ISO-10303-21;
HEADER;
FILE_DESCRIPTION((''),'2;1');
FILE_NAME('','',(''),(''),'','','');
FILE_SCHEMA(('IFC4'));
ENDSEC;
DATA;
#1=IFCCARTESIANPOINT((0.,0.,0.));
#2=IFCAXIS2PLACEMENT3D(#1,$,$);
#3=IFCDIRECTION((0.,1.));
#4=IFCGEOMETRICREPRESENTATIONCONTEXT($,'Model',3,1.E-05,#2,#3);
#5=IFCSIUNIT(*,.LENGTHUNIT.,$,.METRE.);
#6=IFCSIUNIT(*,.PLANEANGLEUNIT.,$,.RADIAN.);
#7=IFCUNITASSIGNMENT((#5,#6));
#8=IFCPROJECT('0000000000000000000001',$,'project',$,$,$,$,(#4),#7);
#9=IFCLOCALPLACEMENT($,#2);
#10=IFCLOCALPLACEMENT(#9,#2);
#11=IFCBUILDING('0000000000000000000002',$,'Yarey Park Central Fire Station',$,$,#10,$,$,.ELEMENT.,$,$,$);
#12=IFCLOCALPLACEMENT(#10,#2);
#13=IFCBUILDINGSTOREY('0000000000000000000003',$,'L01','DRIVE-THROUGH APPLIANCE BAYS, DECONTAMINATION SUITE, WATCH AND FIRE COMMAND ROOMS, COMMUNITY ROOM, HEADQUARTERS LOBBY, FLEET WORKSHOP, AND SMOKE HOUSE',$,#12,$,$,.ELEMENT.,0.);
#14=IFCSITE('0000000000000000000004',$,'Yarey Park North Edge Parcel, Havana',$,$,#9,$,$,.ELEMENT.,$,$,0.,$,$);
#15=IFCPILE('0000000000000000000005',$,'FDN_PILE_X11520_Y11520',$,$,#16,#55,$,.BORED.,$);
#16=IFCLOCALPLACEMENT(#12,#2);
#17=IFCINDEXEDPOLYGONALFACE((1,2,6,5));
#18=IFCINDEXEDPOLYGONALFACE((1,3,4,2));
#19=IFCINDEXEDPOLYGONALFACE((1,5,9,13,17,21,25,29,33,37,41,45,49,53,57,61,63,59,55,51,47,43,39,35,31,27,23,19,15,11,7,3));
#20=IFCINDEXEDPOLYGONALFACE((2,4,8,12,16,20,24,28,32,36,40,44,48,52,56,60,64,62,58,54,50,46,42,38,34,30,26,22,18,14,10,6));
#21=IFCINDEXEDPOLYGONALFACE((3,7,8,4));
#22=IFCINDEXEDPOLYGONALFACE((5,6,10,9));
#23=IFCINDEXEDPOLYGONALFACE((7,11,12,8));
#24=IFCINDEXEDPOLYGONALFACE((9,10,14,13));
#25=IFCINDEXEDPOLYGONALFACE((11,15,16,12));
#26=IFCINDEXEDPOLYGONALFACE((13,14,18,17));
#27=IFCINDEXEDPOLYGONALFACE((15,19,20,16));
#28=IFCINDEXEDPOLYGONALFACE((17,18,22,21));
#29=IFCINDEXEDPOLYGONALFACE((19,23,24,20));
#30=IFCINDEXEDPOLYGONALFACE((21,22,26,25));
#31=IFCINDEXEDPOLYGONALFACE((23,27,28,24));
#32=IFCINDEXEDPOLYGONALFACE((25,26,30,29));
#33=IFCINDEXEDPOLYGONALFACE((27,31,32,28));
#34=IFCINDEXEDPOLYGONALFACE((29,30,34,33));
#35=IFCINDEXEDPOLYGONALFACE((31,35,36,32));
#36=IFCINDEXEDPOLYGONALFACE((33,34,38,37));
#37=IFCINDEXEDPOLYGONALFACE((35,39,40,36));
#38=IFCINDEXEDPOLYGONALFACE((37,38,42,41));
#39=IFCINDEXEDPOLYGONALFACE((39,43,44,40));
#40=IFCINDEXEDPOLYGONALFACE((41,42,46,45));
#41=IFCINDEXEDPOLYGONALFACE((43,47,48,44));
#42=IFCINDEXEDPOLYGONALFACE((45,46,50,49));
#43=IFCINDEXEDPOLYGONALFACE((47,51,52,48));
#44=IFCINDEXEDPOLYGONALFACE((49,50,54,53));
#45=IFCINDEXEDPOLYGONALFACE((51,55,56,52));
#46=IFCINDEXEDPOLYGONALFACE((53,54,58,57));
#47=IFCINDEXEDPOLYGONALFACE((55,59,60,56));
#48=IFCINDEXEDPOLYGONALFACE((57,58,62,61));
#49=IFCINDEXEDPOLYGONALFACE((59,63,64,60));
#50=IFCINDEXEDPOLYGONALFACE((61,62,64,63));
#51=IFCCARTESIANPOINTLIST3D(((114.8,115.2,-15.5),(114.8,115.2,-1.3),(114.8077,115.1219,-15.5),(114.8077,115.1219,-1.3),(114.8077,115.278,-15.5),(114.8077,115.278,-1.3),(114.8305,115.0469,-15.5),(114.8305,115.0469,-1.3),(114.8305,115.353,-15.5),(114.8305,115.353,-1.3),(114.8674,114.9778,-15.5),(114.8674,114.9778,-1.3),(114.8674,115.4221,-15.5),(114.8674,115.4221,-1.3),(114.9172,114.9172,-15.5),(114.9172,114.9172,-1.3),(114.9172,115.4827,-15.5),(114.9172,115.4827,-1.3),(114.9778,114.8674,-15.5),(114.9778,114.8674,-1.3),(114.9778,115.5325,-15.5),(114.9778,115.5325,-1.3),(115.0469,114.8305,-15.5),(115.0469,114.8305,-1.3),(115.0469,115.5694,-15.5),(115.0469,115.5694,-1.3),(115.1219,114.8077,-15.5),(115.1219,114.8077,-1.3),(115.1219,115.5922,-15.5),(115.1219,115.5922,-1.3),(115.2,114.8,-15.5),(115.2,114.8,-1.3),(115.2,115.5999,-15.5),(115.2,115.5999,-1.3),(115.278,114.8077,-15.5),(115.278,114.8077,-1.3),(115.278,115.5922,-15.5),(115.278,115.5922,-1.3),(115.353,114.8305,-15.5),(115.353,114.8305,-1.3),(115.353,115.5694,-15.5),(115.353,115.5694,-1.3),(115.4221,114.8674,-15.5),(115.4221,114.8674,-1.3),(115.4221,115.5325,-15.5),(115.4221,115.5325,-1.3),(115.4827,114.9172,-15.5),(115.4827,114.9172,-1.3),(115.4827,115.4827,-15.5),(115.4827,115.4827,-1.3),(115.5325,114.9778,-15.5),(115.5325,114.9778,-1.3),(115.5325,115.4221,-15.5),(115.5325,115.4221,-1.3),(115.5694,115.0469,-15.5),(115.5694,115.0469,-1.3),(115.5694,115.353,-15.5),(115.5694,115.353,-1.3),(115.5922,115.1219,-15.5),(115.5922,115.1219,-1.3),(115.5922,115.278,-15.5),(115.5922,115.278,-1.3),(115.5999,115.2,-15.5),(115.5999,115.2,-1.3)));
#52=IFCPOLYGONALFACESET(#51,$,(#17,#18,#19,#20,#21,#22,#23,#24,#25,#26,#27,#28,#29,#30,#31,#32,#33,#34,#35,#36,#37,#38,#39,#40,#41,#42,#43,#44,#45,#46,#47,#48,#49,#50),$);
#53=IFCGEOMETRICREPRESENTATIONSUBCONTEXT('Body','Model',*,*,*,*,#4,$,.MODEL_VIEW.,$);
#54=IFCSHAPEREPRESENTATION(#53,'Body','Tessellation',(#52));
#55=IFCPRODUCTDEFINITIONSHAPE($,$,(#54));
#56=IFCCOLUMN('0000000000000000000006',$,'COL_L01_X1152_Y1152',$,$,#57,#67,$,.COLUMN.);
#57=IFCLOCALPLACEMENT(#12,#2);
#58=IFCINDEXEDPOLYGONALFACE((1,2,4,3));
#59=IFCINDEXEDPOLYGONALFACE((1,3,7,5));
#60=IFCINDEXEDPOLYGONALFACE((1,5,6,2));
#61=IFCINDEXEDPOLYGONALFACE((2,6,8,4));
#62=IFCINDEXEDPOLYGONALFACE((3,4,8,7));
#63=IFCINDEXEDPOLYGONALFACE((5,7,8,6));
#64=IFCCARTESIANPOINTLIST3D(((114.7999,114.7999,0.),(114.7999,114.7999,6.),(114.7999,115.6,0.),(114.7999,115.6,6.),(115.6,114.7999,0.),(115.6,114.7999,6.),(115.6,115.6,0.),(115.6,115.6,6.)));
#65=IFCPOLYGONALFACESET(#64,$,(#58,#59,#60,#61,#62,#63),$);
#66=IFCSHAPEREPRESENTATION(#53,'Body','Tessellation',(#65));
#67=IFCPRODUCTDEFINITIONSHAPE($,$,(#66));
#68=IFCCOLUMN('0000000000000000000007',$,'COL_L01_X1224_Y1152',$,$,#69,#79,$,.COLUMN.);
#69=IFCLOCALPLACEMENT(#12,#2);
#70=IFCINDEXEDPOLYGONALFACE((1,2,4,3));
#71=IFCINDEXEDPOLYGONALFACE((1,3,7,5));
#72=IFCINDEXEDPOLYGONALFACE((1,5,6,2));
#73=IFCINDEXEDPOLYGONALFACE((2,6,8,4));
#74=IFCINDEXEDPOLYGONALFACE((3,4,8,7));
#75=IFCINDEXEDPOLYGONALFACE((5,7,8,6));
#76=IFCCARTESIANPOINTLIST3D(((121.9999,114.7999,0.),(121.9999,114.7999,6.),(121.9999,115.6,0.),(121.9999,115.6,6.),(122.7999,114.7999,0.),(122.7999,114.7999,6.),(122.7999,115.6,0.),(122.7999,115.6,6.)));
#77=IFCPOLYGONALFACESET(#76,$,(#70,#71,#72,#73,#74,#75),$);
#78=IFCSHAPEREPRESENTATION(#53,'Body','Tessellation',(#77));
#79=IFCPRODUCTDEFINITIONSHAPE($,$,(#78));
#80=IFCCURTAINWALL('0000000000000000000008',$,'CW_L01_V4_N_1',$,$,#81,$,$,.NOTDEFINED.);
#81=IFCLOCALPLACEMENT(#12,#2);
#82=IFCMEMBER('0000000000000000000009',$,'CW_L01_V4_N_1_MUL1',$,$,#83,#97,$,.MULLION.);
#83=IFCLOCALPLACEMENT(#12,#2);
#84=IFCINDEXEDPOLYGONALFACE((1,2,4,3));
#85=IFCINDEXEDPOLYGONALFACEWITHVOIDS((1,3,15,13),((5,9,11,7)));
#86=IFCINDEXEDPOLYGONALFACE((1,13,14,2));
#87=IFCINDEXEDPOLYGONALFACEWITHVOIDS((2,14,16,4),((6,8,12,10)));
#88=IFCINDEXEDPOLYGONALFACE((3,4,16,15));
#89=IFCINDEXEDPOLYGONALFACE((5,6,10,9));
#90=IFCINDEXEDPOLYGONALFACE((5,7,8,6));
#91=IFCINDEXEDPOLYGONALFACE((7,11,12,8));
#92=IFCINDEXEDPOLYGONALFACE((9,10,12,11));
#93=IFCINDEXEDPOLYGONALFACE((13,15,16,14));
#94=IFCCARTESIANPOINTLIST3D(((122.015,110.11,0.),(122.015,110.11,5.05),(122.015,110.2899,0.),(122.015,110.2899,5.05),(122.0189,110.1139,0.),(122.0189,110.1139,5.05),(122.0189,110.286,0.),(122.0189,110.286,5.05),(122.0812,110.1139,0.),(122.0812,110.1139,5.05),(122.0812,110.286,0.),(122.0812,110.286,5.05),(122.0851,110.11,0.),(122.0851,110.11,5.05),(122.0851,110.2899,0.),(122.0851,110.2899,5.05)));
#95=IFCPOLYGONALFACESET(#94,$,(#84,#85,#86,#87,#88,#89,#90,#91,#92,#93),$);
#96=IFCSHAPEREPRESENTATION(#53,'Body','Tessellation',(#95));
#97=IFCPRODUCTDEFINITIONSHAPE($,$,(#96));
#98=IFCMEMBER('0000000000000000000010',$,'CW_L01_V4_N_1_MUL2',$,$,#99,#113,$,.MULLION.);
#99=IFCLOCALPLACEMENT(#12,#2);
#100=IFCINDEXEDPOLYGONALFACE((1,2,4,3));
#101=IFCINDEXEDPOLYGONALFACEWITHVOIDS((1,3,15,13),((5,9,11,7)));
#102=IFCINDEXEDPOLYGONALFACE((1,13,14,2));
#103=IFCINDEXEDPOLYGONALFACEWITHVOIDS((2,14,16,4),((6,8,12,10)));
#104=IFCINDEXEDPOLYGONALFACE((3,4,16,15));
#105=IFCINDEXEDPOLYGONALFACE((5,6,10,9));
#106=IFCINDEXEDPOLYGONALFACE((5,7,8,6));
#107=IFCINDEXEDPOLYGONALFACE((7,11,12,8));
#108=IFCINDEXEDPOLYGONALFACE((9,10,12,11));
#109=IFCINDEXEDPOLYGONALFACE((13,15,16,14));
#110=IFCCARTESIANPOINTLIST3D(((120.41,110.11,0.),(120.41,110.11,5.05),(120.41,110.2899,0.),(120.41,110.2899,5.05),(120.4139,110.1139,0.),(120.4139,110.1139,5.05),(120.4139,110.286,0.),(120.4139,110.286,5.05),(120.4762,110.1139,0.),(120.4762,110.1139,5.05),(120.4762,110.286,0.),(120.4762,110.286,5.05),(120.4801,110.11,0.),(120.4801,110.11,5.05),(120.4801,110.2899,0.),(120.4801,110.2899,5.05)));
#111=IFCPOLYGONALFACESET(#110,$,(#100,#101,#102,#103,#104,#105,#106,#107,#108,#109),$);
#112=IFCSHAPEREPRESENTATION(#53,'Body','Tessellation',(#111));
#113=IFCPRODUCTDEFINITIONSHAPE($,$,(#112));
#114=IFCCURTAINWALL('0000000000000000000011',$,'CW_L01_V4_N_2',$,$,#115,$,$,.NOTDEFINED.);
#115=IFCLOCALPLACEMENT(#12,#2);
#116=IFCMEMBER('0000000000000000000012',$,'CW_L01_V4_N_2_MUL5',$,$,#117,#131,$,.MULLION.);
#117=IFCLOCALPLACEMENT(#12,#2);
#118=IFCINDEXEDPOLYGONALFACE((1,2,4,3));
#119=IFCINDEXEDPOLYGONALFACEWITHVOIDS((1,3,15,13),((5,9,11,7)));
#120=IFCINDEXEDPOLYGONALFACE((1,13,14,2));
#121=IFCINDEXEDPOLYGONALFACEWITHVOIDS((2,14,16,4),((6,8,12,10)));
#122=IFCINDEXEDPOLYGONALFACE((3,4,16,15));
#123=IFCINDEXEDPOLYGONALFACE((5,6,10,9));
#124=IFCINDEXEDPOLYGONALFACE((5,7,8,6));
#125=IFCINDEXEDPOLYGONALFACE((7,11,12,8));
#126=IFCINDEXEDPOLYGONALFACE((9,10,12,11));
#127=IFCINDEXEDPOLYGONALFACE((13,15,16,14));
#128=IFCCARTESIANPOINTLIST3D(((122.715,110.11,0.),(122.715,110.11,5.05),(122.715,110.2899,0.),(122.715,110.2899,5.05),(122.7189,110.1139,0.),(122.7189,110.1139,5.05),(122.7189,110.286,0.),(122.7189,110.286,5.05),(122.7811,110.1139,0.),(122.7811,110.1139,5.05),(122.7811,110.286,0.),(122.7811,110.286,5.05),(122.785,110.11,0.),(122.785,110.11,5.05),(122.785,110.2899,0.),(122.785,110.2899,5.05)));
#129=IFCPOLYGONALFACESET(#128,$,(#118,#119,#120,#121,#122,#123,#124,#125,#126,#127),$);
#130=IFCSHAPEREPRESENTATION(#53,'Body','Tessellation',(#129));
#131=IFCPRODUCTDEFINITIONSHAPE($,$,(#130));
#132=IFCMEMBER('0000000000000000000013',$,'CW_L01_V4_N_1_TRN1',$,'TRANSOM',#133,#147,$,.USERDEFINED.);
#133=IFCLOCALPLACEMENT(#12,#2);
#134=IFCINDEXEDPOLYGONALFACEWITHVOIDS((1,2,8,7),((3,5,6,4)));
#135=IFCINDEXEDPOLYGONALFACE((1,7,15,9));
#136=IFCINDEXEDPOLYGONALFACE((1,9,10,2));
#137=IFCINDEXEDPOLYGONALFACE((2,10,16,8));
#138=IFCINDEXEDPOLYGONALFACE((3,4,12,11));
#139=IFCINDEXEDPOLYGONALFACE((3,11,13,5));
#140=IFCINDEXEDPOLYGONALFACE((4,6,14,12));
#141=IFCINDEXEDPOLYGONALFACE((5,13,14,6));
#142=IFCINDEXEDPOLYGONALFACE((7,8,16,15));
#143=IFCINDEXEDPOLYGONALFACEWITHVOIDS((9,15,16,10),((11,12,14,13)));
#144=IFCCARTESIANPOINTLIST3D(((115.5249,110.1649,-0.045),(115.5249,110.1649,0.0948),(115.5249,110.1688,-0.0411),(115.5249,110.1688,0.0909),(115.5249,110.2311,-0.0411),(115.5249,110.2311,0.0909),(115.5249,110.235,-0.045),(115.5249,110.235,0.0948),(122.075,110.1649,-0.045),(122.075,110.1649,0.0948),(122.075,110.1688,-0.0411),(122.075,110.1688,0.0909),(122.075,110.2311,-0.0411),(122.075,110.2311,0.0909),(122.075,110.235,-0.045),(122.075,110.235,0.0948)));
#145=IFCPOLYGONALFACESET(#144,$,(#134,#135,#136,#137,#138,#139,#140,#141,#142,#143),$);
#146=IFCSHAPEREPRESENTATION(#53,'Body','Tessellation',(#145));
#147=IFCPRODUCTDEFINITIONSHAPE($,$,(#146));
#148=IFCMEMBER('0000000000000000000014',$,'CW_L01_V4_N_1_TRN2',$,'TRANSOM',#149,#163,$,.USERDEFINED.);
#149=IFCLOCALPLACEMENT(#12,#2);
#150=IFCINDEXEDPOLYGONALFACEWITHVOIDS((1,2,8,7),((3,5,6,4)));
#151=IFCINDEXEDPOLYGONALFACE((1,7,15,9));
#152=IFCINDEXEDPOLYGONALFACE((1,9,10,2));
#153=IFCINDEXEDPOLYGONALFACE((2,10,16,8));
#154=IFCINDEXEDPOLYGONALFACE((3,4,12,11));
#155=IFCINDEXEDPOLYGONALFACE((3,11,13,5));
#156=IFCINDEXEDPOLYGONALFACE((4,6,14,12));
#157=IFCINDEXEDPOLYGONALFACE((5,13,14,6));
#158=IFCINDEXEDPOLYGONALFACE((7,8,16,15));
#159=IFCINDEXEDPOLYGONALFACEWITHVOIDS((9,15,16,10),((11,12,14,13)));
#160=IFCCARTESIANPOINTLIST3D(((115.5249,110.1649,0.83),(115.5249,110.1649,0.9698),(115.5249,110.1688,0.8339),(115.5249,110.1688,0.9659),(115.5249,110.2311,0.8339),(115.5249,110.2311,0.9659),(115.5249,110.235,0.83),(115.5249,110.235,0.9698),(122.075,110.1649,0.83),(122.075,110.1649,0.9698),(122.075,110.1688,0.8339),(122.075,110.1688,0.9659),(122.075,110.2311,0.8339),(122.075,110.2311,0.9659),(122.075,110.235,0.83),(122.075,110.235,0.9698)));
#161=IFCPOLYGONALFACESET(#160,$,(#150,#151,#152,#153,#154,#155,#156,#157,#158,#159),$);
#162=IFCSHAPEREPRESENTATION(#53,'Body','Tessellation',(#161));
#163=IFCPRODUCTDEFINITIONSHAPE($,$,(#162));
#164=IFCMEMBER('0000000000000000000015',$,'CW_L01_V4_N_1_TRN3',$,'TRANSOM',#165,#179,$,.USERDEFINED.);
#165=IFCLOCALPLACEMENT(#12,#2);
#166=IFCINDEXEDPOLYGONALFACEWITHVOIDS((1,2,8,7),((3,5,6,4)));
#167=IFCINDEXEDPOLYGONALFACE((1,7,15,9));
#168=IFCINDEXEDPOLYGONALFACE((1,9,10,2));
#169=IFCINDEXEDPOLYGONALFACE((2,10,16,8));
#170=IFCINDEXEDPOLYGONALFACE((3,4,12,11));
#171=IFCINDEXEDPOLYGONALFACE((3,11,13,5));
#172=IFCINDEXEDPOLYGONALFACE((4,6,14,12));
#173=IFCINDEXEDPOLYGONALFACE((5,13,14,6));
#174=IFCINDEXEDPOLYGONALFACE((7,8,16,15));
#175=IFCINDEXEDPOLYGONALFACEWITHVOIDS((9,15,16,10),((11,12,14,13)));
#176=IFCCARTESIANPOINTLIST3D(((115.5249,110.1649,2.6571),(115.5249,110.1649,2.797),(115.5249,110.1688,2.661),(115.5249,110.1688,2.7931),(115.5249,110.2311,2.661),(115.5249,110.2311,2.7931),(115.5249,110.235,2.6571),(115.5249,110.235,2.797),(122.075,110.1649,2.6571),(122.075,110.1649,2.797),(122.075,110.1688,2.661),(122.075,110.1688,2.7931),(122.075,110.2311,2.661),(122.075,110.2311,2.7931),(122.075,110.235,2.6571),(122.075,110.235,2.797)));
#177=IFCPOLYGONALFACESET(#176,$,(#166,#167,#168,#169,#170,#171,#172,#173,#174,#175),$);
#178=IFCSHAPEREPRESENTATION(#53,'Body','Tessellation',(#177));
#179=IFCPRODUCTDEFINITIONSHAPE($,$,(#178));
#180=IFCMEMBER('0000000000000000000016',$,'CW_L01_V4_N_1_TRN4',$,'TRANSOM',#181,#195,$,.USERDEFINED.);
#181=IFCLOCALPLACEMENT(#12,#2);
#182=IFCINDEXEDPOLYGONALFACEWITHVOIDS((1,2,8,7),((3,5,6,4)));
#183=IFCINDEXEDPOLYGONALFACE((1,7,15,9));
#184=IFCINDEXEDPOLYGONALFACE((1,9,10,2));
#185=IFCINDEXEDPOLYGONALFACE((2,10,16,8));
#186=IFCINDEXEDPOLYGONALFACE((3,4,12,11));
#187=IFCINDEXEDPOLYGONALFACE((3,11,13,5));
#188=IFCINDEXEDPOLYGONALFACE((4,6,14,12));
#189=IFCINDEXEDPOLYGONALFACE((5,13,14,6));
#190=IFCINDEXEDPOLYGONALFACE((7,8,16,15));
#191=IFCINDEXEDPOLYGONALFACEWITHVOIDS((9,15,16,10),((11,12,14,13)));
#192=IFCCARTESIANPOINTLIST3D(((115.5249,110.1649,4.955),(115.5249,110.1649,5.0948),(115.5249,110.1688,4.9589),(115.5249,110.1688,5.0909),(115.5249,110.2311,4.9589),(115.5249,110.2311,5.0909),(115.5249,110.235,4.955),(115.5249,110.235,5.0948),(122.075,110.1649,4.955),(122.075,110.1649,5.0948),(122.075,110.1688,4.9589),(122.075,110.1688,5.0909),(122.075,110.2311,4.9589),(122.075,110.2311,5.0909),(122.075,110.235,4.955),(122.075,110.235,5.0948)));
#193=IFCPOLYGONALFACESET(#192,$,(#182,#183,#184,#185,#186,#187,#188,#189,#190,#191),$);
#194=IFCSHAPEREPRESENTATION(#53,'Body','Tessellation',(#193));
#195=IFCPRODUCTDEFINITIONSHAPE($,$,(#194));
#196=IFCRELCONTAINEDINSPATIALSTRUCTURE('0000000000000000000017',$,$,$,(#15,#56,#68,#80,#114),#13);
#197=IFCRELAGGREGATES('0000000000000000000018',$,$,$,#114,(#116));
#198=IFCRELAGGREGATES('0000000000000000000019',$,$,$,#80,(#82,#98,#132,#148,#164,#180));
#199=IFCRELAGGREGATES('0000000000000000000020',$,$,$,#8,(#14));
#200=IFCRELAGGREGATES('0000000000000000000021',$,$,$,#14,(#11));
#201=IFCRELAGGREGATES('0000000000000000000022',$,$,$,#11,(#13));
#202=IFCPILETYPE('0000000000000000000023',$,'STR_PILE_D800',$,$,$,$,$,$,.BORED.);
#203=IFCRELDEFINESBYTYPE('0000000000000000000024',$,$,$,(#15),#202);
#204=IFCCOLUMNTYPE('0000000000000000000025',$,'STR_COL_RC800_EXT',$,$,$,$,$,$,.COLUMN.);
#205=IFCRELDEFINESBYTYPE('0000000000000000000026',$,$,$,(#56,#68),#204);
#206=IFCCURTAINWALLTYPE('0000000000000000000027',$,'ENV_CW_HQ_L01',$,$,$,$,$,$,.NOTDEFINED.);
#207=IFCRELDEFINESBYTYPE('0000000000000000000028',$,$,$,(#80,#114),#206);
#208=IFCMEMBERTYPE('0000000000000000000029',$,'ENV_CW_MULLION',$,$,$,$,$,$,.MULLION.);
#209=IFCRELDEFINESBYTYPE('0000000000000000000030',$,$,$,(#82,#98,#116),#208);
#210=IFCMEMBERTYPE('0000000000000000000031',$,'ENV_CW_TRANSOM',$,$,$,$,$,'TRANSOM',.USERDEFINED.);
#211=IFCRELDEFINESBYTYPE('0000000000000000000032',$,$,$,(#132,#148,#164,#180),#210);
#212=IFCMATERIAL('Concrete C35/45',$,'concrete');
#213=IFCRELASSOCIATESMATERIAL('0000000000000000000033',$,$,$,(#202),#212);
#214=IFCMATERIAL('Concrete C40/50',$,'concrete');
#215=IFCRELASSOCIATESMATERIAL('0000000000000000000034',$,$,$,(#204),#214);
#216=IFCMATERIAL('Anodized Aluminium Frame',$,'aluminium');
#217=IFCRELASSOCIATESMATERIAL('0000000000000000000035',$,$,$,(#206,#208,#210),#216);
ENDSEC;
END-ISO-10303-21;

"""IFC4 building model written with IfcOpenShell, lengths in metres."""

from ifc_helpers import new_model, si_unit, direction, frame, origin, origin_2d, place, context, subcontext, project, spatial, rectangle, hollow_rectangle, circle, extrude, material, material_profile, profile_set, type_object, element, aggregate, save


model = new_model("IFC4")

# Units and contexts
model_context = context("Model", 3, precision=1e-05, world=origin(), true_north=direction((0.0, 1.0)))
body_context = subcontext(model_context, "Body", "Model", "MODEL_VIEW")
ifc_project = project(units=[si_unit("LENGTHUNIT", "METRE"), si_unit("PLANEANGLEUNIT", "RADIAN")], contexts=[model_context])

# Site, building, storey
site_placement = place(None, origin())
site = spatial("IfcSite", under=ifc_project, at=site_placement, Name="Yarey Park North Edge Parcel, Havana", CompositionType="ELEMENT", RefElevation=0.0)
building_placement = place(site_placement, origin())
building = spatial("IfcBuilding", under=site, at=building_placement, Name="Yarey Park Central Fire Station", CompositionType="ELEMENT")
storey_placement = place(building_placement, origin())
storey = spatial("IfcBuildingStorey", under=building, at=storey_placement, Name="L01", Description="DRIVE-THROUGH APPLIANCE BAYS, DECONTAMINATION SUITE, WATCH AND FIRE COMMAND ROOMS, COMMUNITY ROOM, HEADQUARTERS LOBBY, FLEET WORKSHOP, AND SMOKE HOUSE", CompositionType="ELEMENT", Elevation=0.0)

# Shared definitions
ifc_material_1 = material(Name="Concrete C35/45", Category="concrete")

# Pile
ifc_material_profile_1 = material_profile(ifc_material_1, circle(Radius=0.3999, at=origin_2d()), Name="BORED PILE D800")
ifc_profile_set_1 = profile_set([ifc_material_profile_1], Name="Concrete C35/45")
pile_type = type_object("IfcPileType", Name="STR_PILE_D800", PredefinedType="BORED", material=ifc_profile_set_1)
for number, where, z_axis, x_axis, name in (
    (1, (115.2, 115.2, -1.3), (0.0, 0.0, -1.0), (1.0, 0.0, 0.0), "FDN_PILE_X11520_Y11520"),
):
    element("IfcPile", number, at=place(storey_placement, frame(where, z_axis=z_axis, x_axis=x_axis)), inside=storey, type_object=pile_type, Name=name, PredefinedType="BORED", context=body_context, shape_type="SweptSolid", body=[
        extrude(circle(Radius=0.3999, at=origin_2d()), origin(), (0.0, 0.0, 1.0), 14.2),
    ])

# Columns
ifc_material_2 = material(Name="Concrete C40/50", Category="concrete")
ifc_material_profile_2 = material_profile(ifc_material_2, rectangle(XDim=0.8, YDim=0.8, at=origin_2d()), Name="RC 800x800")
ifc_profile_set_2 = profile_set([ifc_material_profile_2], Name="Concrete C40/50")
column_type = type_object("IfcColumnType", Name="STR_COL_RC800_EXT", PredefinedType="COLUMN", material=ifc_profile_set_2)
for number, where, z_axis, x_axis, name in (
    (2, (115.2, 115.2, 0.0), (0.0, 0.0, 1.0), (1.0, 0.0, 0.0), "COL_L01_X1152_Y1152"),
    (3, (122.3999, 115.2, 0.0), (0.0, 0.0, 1.0), (1.0, 0.0, 0.0), "COL_L01_X1224_Y1152"),
):
    element("IfcColumn", number, at=place(storey_placement, frame(where, z_axis=z_axis, x_axis=x_axis)), inside=storey, type_object=column_type, Name=name, PredefinedType="COLUMN", context=body_context, shape_type="SweptSolid", body=[
        extrude(rectangle(XDim=0.8, YDim=0.8, at=origin_2d()), origin(), (0.0, 0.0, 1.0), 6.0),
    ])

# Curtain wall, members
ifc_material_3 = material(Name="Anodized Aluminium Frame", Category="aluminium")
curtain_wall_type = type_object("IfcCurtainWallType", Name="ENV_CW_HQ_L01", PredefinedType="NOTDEFINED", material=ifc_material_3)
curtain_wall_1_placement = place(storey_placement, origin())
curtain_wall_1 = element("IfcCurtainWall", 4, at=curtain_wall_1_placement, inside=storey, type_object=curtain_wall_type, Name="CW_L01_V4_N_1", PredefinedType="NOTDEFINED")
ifc_material_profile_3 = material_profile(ifc_material_3, hollow_rectangle(XDim=0.0701, YDim=0.1799, WallThickness=0.0039, at=origin_2d()), Name="ALU 180x70x4")
ifc_profile_set_3 = profile_set([ifc_material_profile_3], Name="Anodized Aluminium Frame")
member_type_1 = type_object("IfcMemberType", Name="ENV_CW_MULLION", PredefinedType="MULLION", material=ifc_profile_set_3)
member_1_placement = place(storey_placement, frame((122.05, 110.2, 0.0), z_axis=(0.0, 0.0, 1.0), x_axis=(1.0, 0.0, 0.0)))
member_1 = element("IfcMember", 5, at=member_1_placement, type_object=member_type_1, Name="CW_L01_V4_N_1_MUL1", PredefinedType="MULLION", context=body_context, shape_type="SweptSolid", body=[
    extrude(hollow_rectangle(XDim=0.0701, YDim=0.1799, WallThickness=0.0039, at=origin_2d()), origin(), (0.0, 0.0, 1.0), 5.05),
])
member_2_placement = place(storey_placement, frame((120.4451, 110.2, 0.0), z_axis=(0.0, 0.0, 1.0), x_axis=(1.0, 0.0, 0.0)))
member_2 = element("IfcMember", 6, at=member_2_placement, type_object=member_type_1, Name="CW_L01_V4_N_1_MUL2", PredefinedType="MULLION", context=body_context, shape_type="SweptSolid", body=[
    extrude(hollow_rectangle(XDim=0.0701, YDim=0.1799, WallThickness=0.0039, at=origin_2d()), origin(), (0.0, 0.0, 1.0), 5.05),
])

# Curtain wall, member
curtain_wall_2_placement = place(storey_placement, origin())
curtain_wall_2 = element("IfcCurtainWall", 7, at=curtain_wall_2_placement, inside=storey, type_object=curtain_wall_type, Name="CW_L01_V4_N_2", PredefinedType="NOTDEFINED")
member_3_placement = place(storey_placement, frame((122.75, 110.2, 0.0), z_axis=(0.0, 0.0, 1.0), x_axis=(1.0, 0.0, 0.0)))
member_3 = element("IfcMember", 8, at=member_3_placement, type_object=member_type_1, Name="CW_L01_V4_N_2_MUL5", PredefinedType="MULLION", context=body_context, shape_type="SweptSolid", body=[
    extrude(hollow_rectangle(XDim=0.0701, YDim=0.1799, WallThickness=0.0039, at=origin_2d()), origin(), (0.0, 0.0, 1.0), 5.05),
])

# Members
ifc_material_profile_4 = material_profile(ifc_material_3, hollow_rectangle(XDim=0.0701, YDim=0.1399, WallThickness=0.0039, at=origin_2d()), Name="ALU 140x70x4")
ifc_profile_set_4 = profile_set([ifc_material_profile_4], Name="Anodized Aluminium Frame")
member_type_2 = type_object("IfcMemberType", Name="ENV_CW_TRANSOM", ElementType="TRANSOM", PredefinedType="USERDEFINED", material=ifc_profile_set_4)
member_4_placement = place(storey_placement, frame((122.075, 110.2, 0.0249), z_axis=(-1.0, 0.0, 0.0), x_axis=(0.0, -1.0, 0.0)))
member_4 = element("IfcMember", 9, at=member_4_placement, type_object=member_type_2, Name="CW_L01_V4_N_1_TRN1", ObjectType="TRANSOM", PredefinedType="USERDEFINED", context=body_context, shape_type="SweptSolid", body=[
    extrude(hollow_rectangle(XDim=0.0701, YDim=0.1399, WallThickness=0.0039, at=origin_2d()), origin(), (0.0, 0.0, 1.0), 6.55),
])
member_5_placement = place(storey_placement, frame((122.075, 110.2, 0.8999), z_axis=(-1.0, 0.0, 0.0), x_axis=(0.0, -1.0, 0.0)))
member_5 = element("IfcMember", 10, at=member_5_placement, type_object=member_type_2, Name="CW_L01_V4_N_1_TRN2", ObjectType="TRANSOM", PredefinedType="USERDEFINED", context=body_context, shape_type="SweptSolid", body=[
    extrude(hollow_rectangle(XDim=0.0701, YDim=0.1399, WallThickness=0.0039, at=origin_2d()), origin(), (0.0, 0.0, 1.0), 6.55),
])
member_6_placement = place(storey_placement, frame((122.075, 110.2, 2.7271), z_axis=(-1.0, 0.0, 0.0), x_axis=(0.0, -1.0, 0.0)))
member_6 = element("IfcMember", 11, at=member_6_placement, type_object=member_type_2, Name="CW_L01_V4_N_1_TRN3", ObjectType="TRANSOM", PredefinedType="USERDEFINED", context=body_context, shape_type="SweptSolid", body=[
    extrude(hollow_rectangle(XDim=0.0701, YDim=0.1399, WallThickness=0.0039, at=origin_2d()), origin(), (0.0, 0.0, 1.0), 6.55),
])
member_7_placement = place(storey_placement, frame((122.075, 110.2, 5.0249), z_axis=(-1.0, 0.0, 0.0), x_axis=(0.0, -1.0, 0.0)))
member_7 = element("IfcMember", 12, at=member_7_placement, type_object=member_type_2, Name="CW_L01_V4_N_1_TRN4", ObjectType="TRANSOM", PredefinedType="USERDEFINED", context=body_context, shape_type="SweptSolid", body=[
    extrude(hollow_rectangle(XDim=0.0701, YDim=0.1399, WallThickness=0.0039, at=origin_2d()), origin(), (0.0, 0.0, 1.0), 6.55),
])

aggregate(curtain_wall_2, [member_3])
aggregate(curtain_wall_1, [member_1, member_2, member_4, member_5, member_6, member_7])

save(model, "model.ifc")
